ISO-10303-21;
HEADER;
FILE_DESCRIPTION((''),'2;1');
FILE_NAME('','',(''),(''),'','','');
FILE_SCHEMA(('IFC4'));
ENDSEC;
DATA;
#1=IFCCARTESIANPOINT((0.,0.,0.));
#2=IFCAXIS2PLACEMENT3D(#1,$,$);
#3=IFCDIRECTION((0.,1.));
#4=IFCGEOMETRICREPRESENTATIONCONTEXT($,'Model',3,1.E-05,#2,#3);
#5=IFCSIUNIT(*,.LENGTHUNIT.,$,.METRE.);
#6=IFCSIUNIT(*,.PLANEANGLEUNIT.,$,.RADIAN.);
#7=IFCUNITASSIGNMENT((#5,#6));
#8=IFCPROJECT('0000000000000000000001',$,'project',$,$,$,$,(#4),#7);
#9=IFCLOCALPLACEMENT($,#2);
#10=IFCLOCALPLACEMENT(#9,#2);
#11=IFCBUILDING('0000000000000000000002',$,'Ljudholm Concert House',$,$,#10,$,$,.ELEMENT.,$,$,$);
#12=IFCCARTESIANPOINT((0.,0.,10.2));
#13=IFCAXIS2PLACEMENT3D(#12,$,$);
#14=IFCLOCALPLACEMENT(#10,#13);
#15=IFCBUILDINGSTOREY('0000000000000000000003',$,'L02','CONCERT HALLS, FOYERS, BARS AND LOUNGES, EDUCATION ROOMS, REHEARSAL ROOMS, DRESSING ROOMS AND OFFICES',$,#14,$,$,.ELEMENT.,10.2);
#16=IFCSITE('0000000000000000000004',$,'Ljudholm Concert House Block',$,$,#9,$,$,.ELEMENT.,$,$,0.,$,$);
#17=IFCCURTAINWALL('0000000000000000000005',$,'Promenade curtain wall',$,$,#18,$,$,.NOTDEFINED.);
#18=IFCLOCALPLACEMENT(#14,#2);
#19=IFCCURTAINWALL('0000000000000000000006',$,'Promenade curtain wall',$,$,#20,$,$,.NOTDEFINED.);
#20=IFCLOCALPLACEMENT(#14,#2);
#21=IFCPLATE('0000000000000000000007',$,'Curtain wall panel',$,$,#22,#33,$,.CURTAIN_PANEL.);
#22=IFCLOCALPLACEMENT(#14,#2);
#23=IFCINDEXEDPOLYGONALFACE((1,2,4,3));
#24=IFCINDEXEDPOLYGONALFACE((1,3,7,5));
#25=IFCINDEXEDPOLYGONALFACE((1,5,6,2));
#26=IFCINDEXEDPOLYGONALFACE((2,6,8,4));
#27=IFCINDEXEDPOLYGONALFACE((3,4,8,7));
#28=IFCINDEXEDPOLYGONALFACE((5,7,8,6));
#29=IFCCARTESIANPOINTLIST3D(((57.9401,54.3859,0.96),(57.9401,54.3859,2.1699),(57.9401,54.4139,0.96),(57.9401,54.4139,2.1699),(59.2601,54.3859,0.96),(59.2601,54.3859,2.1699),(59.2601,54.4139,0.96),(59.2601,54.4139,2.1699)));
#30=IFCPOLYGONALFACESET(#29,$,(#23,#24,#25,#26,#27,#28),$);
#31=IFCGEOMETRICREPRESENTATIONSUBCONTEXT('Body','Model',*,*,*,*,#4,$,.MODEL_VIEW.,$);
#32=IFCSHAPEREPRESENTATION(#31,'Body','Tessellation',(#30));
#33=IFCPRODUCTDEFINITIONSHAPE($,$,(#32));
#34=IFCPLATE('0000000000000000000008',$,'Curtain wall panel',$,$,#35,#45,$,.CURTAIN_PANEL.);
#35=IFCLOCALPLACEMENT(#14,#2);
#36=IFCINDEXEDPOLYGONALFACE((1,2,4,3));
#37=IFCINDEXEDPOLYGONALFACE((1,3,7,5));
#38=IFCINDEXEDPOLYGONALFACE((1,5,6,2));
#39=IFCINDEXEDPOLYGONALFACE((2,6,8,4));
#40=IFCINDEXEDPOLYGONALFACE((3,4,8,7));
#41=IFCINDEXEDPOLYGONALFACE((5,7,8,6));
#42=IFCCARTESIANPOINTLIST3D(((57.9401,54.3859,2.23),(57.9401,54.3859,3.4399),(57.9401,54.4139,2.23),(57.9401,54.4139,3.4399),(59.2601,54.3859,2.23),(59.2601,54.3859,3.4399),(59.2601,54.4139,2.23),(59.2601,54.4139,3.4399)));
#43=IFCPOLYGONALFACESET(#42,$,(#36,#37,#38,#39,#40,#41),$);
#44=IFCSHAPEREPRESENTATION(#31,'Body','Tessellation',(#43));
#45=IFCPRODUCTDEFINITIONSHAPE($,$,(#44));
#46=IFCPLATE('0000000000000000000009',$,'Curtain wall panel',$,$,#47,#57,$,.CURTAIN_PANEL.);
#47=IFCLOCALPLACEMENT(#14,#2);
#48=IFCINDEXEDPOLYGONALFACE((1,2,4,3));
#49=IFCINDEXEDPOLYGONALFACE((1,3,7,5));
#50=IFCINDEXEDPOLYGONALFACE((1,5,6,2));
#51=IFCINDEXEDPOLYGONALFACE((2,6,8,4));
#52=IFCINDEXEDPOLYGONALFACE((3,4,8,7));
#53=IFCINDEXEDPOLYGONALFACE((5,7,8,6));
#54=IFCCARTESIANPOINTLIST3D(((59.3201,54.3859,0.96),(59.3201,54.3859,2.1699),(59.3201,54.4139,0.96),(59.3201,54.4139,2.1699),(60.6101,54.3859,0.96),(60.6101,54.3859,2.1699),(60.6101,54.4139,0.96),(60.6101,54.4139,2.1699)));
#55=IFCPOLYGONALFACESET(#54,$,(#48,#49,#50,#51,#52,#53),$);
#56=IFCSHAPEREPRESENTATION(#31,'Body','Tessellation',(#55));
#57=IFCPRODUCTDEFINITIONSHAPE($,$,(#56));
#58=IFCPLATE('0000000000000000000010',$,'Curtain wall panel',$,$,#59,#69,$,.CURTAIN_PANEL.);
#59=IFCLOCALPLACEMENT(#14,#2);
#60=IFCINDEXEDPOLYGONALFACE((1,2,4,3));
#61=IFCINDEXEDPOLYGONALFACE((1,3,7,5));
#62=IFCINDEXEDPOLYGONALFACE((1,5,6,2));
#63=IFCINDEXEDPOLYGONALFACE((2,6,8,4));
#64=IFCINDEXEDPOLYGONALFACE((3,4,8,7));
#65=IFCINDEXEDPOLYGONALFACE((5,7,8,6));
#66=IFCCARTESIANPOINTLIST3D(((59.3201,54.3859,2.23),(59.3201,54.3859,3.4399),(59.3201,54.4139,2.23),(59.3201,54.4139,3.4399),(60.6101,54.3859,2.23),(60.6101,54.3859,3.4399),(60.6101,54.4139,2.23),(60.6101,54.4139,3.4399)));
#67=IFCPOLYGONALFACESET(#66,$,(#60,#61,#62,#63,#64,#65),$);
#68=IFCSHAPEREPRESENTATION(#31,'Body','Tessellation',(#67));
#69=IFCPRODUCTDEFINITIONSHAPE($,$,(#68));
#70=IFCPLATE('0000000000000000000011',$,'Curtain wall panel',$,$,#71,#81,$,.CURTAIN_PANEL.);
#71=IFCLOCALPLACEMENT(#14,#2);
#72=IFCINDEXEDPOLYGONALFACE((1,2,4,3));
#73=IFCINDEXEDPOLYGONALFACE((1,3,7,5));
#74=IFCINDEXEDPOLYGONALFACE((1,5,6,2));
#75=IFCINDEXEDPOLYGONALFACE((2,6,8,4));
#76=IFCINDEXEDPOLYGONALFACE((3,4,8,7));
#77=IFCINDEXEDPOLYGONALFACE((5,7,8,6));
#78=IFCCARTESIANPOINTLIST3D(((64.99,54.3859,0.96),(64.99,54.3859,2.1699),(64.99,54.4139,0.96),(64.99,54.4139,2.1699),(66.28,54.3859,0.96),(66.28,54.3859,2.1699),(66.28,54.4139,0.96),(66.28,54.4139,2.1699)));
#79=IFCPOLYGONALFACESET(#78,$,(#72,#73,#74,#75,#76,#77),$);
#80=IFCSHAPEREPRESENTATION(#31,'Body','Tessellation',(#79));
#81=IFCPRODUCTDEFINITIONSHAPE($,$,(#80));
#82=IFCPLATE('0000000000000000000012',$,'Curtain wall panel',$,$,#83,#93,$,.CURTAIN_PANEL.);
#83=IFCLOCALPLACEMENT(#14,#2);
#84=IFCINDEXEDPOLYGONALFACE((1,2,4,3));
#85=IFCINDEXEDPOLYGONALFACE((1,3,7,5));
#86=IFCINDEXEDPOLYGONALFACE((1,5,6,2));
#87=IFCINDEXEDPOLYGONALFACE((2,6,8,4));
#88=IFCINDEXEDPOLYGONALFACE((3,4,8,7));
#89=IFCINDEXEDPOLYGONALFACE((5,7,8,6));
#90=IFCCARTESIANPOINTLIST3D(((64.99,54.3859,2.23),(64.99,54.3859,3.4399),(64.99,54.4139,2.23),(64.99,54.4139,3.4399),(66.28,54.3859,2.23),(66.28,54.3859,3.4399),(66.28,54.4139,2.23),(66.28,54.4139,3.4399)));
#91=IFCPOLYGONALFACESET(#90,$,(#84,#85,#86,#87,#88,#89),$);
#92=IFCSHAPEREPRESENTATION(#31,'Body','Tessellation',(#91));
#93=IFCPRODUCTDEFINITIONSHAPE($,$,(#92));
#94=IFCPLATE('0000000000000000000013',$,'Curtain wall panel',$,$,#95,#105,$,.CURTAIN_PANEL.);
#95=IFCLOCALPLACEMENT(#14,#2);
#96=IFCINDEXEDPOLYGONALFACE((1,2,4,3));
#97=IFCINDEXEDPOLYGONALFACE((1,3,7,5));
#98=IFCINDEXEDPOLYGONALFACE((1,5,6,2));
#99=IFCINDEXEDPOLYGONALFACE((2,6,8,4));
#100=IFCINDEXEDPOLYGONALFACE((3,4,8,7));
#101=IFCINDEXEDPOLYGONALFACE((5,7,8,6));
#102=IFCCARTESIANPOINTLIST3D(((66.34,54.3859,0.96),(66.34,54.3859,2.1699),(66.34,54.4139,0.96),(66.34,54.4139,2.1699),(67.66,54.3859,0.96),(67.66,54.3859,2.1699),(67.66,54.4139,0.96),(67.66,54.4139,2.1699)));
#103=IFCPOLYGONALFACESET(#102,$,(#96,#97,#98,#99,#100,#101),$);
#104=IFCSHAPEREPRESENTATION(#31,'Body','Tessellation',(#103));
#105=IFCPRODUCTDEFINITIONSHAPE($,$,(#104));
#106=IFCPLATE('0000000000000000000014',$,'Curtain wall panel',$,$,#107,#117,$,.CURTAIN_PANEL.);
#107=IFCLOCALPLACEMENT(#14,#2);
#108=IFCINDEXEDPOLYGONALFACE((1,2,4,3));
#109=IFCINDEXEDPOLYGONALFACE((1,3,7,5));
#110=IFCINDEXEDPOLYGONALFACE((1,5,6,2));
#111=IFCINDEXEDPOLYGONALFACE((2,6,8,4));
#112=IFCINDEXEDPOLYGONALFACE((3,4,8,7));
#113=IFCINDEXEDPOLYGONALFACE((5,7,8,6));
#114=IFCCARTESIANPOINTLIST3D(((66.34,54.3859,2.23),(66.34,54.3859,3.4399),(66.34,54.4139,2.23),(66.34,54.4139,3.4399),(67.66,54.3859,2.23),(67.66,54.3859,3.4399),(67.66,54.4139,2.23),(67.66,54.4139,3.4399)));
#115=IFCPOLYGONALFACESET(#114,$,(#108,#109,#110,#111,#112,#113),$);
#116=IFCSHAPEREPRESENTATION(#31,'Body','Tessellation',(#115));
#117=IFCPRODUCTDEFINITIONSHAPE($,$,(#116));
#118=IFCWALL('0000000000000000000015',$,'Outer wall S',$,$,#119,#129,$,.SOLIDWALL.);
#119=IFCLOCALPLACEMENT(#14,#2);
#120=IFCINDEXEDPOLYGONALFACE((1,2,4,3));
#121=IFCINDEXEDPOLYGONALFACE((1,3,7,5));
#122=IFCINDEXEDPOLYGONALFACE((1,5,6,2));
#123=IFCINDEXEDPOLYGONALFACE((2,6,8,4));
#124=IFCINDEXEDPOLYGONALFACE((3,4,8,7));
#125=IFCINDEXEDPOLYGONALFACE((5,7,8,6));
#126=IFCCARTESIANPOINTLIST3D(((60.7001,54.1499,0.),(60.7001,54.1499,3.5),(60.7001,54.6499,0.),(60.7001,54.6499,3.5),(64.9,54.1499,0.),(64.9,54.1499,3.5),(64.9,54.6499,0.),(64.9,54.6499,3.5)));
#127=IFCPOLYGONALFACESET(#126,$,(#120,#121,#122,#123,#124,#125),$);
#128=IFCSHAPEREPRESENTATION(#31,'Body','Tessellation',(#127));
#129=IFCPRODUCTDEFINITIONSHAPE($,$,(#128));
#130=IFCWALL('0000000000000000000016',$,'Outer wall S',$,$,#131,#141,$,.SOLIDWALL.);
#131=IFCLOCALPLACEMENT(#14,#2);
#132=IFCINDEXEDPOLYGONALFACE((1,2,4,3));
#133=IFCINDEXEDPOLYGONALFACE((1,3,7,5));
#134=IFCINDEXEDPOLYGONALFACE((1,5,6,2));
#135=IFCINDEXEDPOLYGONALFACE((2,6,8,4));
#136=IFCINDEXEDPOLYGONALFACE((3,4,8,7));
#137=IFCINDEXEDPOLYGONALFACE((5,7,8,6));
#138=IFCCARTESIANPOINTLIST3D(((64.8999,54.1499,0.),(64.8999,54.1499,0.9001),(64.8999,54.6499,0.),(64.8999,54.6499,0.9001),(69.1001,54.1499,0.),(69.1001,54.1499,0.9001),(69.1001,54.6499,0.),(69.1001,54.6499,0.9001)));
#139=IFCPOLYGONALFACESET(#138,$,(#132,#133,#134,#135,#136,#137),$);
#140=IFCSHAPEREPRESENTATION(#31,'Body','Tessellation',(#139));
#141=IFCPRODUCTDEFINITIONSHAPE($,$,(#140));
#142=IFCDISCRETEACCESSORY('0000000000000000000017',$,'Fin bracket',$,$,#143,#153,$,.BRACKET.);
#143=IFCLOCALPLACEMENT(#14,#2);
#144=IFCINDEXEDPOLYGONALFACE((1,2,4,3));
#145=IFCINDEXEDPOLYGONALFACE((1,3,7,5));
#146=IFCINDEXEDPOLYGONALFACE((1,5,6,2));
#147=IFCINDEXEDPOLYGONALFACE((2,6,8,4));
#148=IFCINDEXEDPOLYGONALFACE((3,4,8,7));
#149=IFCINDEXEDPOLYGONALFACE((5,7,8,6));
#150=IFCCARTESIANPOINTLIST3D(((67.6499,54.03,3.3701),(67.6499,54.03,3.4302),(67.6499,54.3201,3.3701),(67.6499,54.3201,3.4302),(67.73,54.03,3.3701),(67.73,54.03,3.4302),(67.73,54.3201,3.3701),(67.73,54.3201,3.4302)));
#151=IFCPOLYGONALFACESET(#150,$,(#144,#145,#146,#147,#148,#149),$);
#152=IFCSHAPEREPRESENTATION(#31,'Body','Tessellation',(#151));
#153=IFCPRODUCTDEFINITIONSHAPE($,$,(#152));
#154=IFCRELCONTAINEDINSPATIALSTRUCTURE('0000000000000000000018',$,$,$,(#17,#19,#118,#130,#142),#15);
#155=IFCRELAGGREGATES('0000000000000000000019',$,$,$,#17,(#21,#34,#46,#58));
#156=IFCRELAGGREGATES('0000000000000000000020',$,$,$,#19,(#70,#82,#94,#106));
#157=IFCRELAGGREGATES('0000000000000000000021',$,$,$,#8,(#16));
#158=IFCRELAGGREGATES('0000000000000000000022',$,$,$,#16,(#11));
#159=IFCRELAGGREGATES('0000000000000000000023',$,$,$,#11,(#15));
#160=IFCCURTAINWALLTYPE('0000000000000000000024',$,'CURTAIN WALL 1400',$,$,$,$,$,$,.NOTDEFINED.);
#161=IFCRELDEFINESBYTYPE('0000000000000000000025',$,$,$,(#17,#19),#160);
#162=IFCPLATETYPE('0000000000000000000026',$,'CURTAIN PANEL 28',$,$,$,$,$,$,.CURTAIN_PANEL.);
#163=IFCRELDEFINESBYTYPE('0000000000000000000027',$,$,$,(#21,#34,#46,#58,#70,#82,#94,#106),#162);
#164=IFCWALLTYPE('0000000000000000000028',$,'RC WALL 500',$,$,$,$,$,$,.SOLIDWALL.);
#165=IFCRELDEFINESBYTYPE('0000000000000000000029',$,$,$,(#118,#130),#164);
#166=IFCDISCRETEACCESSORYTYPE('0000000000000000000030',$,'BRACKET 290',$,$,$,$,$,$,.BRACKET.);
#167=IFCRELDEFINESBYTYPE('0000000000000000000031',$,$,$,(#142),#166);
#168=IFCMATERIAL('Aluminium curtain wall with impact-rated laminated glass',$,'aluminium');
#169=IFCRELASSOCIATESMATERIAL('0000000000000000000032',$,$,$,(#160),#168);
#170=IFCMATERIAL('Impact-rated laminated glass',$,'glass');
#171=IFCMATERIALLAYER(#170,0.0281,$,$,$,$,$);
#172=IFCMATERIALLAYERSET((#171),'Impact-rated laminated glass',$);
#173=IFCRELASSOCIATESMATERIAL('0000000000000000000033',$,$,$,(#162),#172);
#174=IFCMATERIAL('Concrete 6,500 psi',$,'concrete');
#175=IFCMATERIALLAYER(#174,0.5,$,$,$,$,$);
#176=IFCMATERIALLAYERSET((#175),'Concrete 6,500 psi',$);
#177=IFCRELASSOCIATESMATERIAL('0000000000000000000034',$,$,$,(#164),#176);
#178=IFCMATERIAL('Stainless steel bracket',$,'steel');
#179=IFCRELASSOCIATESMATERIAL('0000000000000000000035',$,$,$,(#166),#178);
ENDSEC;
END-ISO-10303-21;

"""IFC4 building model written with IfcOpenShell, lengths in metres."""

from ifc_helpers import new_model, si_unit, direction, frame, frame_2d, origin, origin_2d, place, context, subcontext, project, spatial, rectangle, extrude, material, layer, layer_set, type_object, element, aggregate, save


model = new_model("IFC4")

# Units and contexts
model_context = context("Model", 3, precision=1e-05, world=origin(), true_north=direction((0.0, 1.0)))
body_context = subcontext(model_context, "Body", "Model", "MODEL_VIEW")
ifc_project = project(units=[si_unit("LENGTHUNIT", "METRE"), si_unit("PLANEANGLEUNIT", "RADIAN")], contexts=[model_context])

# Site, building, storey
site_placement = place(None, origin())
site = spatial("IfcSite", under=ifc_project, at=site_placement, Name="Ljudholm Concert House Block", CompositionType="ELEMENT", RefElevation=0.0)
building_placement = place(site_placement, origin())
building = spatial("IfcBuilding", under=site, at=building_placement, Name="Ljudholm Concert House", CompositionType="ELEMENT")
storey_placement = place(building_placement, frame((0.0, 0.0, 10.2)))
storey = spatial("IfcBuildingStorey", under=building, at=storey_placement, Name="L02", Description="CONCERT HALLS, FOYERS, BARS AND LOUNGES, EDUCATION ROOMS, REHEARSAL ROOMS, DRESSING ROOMS AND OFFICES", CompositionType="ELEMENT", Elevation=10.2)

# Curtain walls
ifc_material_1 = material(Name="Aluminium curtain wall with impact-rated laminated glass", Category="aluminium")
curtain_wall_type = type_object("IfcCurtainWallType", Name="CURTAIN WALL 1400", PredefinedType="NOTDEFINED", material=ifc_material_1)
curtain_wall_1_placement = place(storey_placement, origin())
curtain_wall_1 = element("IfcCurtainWall", 1, at=curtain_wall_1_placement, inside=storey, type_object=curtain_wall_type, Name="Promenade curtain wall", PredefinedType="NOTDEFINED")
curtain_wall_2_placement = place(storey_placement, origin())
curtain_wall_2 = element("IfcCurtainWall", 2, at=curtain_wall_2_placement, inside=storey, type_object=curtain_wall_type, Name="Promenade curtain wall", PredefinedType="NOTDEFINED")

# Plates
ifc_material_2 = material(Name="Impact-rated laminated glass", Category="glass")
ifc_layer_1 = layer(ifc_material_2, 0.0281)
ifc_layer_set_1 = layer_set([ifc_layer_1], Name="Impact-rated laminated glass")
plate_type = type_object("IfcPlateType", Name="CURTAIN PANEL 28", PredefinedType="CURTAIN_PANEL", material=ifc_layer_set_1)
plate_1_placement = place(storey_placement, frame((58.6001, 54.3999, 0.96), z_axis=(0.0, 0.0, 1.0), x_axis=(1.0, 0.0, 0.0)))
plate_1 = element("IfcPlate", 3, at=plate_1_placement, type_object=plate_type, Name="Curtain wall panel", PredefinedType="CURTAIN_PANEL", context=body_context, shape_type="SweptSolid", body=[
    extrude(rectangle(XDim=1.3201, YDim=0.0281, at=origin_2d()), origin(), (0.0, 0.0, 1.0), 1.21),
])
plate_2_placement = place(storey_placement, frame((58.6001, 54.3999, 2.23), z_axis=(0.0, 0.0, 1.0), x_axis=(1.0, 0.0, 0.0)))
plate_2 = element("IfcPlate", 4, at=plate_2_placement, type_object=plate_type, Name="Curtain wall panel", PredefinedType="CURTAIN_PANEL", context=body_context, shape_type="SweptSolid", body=[
    extrude(rectangle(XDim=1.3201, YDim=0.0281, at=origin_2d()), origin(), (0.0, 0.0, 1.0), 1.21),
])
plate_3_placement = place(storey_placement, frame((59.9651, 54.3999, 0.96), z_axis=(0.0, 0.0, 1.0), x_axis=(1.0, 0.0, 0.0)))
plate_3 = element("IfcPlate", 5, at=plate_3_placement, type_object=plate_type, Name="Curtain wall panel", PredefinedType="CURTAIN_PANEL", context=body_context, shape_type="SweptSolid", body=[
    extrude(rectangle(XDim=1.29, YDim=0.0281, at=origin_2d()), origin(), (0.0, 0.0, 1.0), 1.21),
])
plate_4_placement = place(storey_placement, frame((59.9651, 54.3999, 2.23), z_axis=(0.0, 0.0, 1.0), x_axis=(1.0, 0.0, 0.0)))
plate_4 = element("IfcPlate", 6, at=plate_4_placement, type_object=plate_type, Name="Curtain wall panel", PredefinedType="CURTAIN_PANEL", context=body_context, shape_type="SweptSolid", body=[
    extrude(rectangle(XDim=1.29, YDim=0.0281, at=origin_2d()), origin(), (0.0, 0.0, 1.0), 1.21),
])
aggregate(curtain_wall_1, [plate_1, plate_2, plate_3, plate_4])
plate_5_placement = place(storey_placement, frame((65.635, 54.3999, 0.96), z_axis=(0.0, 0.0, 1.0), x_axis=(1.0, 0.0, 0.0)))
plate_5 = element("IfcPlate", 7, at=plate_5_placement, type_object=plate_type, Name="Curtain wall panel", PredefinedType="CURTAIN_PANEL", context=body_context, shape_type="SweptSolid", body=[
    extrude(rectangle(XDim=1.29, YDim=0.0281, at=origin_2d()), origin(), (0.0, 0.0, 1.0), 1.21),
])
plate_6_placement = place(storey_placement, frame((65.635, 54.3999, 2.23), z_axis=(0.0, 0.0, 1.0), x_axis=(1.0, 0.0, 0.0)))
plate_6 = element("IfcPlate", 8, at=plate_6_placement, type_object=plate_type, Name="Curtain wall panel", PredefinedType="CURTAIN_PANEL", context=body_context, shape_type="SweptSolid", body=[
    extrude(rectangle(XDim=1.29, YDim=0.0281, at=origin_2d()), origin(), (0.0, 0.0, 1.0), 1.21),
])
plate_7_placement = place(storey_placement, frame((67.0, 54.3999, 0.96), z_axis=(0.0, 0.0, 1.0), x_axis=(1.0, 0.0, 0.0)))
plate_7 = element("IfcPlate", 9, at=plate_7_placement, type_object=plate_type, Name="Curtain wall panel", PredefinedType="CURTAIN_PANEL", context=body_context, shape_type="SweptSolid", body=[
    extrude(rectangle(XDim=1.3201, YDim=0.0281, at=origin_2d()), origin(), (0.0, 0.0, 1.0), 1.21),
])
plate_8_placement = place(storey_placement, frame((67.0, 54.3999, 2.23), z_axis=(0.0, 0.0, 1.0), x_axis=(1.0, 0.0, 0.0)))
plate_8 = element("IfcPlate", 10, at=plate_8_placement, type_object=plate_type, Name="Curtain wall panel", PredefinedType="CURTAIN_PANEL", context=body_context, shape_type="SweptSolid", body=[
    extrude(rectangle(XDim=1.3201, YDim=0.0281, at=origin_2d()), origin(), (0.0, 0.0, 1.0), 1.21),
])
aggregate(curtain_wall_2, [plate_5, plate_6, plate_7, plate_8])

# Walls
ifc_material_3 = material(Name="Concrete 6,500 psi", Category="concrete")
ifc_layer_2 = layer(ifc_material_3, 0.5)
ifc_layer_set_2 = layer_set([ifc_layer_2], Name="Concrete 6,500 psi")
wall_type = type_object("IfcWallType", Name="RC WALL 500", PredefinedType="SOLIDWALL", material=ifc_layer_set_2)
wall_1_placement = place(storey_placement, frame((60.7, 54.3999, 0.0), z_axis=(0.0, 0.0, 1.0), x_axis=(1.0, 0.0, 0.0)))
element("IfcWall", 11, at=wall_1_placement, inside=storey, type_object=wall_type, Name="Outer wall S", PredefinedType="SOLIDWALL", context=body_context, shape_type="SweptSolid", body=[
    extrude(rectangle(XDim=4.2, YDim=0.5, at=frame_2d((2.1001, 0.0))), origin(), (0.0, 0.0, 1.0), 3.5),
])
wall_2_placement = place(storey_placement, frame((64.8999, 54.3999, 0.0), z_axis=(0.0, 0.0, 1.0), x_axis=(1.0, 0.0, 0.0)))
element("IfcWall", 12, at=wall_2_placement, inside=storey, type_object=wall_type, Name="Outer wall S", PredefinedType="SOLIDWALL", context=body_context, shape_type="SweptSolid", body=[
    extrude(rectangle(XDim=4.2002, YDim=0.5, at=frame_2d((2.1001, 0.0))), origin(), (0.0, 0.0, 1.0), 0.9001),
])

# Discrete accessory
ifc_material_4 = material(Name="Stainless steel bracket", Category="steel")
discrete_accessory_type = type_object("IfcDiscreteAccessoryType", Name="BRACKET 290", PredefinedType="BRACKET", material=ifc_material_4)
discrete_accessory_placement = place(storey_placement, frame((67.6899, 54.175, 3.3701), z_axis=(0.0, 0.0, 1.0), x_axis=(0.0, -1.0, 0.0)))
element("IfcDiscreteAccessory", 13, at=discrete_accessory_placement, inside=storey, type_object=discrete_accessory_type, Name="Fin bracket", PredefinedType="BRACKET", context=body_context, shape_type="SweptSolid", body=[
    extrude(rectangle(XDim=0.29, YDim=0.0801, at=origin_2d()), origin(), (0.0, 0.0, 1.0), 0.0601),
])

save(model, "model.ifc")
